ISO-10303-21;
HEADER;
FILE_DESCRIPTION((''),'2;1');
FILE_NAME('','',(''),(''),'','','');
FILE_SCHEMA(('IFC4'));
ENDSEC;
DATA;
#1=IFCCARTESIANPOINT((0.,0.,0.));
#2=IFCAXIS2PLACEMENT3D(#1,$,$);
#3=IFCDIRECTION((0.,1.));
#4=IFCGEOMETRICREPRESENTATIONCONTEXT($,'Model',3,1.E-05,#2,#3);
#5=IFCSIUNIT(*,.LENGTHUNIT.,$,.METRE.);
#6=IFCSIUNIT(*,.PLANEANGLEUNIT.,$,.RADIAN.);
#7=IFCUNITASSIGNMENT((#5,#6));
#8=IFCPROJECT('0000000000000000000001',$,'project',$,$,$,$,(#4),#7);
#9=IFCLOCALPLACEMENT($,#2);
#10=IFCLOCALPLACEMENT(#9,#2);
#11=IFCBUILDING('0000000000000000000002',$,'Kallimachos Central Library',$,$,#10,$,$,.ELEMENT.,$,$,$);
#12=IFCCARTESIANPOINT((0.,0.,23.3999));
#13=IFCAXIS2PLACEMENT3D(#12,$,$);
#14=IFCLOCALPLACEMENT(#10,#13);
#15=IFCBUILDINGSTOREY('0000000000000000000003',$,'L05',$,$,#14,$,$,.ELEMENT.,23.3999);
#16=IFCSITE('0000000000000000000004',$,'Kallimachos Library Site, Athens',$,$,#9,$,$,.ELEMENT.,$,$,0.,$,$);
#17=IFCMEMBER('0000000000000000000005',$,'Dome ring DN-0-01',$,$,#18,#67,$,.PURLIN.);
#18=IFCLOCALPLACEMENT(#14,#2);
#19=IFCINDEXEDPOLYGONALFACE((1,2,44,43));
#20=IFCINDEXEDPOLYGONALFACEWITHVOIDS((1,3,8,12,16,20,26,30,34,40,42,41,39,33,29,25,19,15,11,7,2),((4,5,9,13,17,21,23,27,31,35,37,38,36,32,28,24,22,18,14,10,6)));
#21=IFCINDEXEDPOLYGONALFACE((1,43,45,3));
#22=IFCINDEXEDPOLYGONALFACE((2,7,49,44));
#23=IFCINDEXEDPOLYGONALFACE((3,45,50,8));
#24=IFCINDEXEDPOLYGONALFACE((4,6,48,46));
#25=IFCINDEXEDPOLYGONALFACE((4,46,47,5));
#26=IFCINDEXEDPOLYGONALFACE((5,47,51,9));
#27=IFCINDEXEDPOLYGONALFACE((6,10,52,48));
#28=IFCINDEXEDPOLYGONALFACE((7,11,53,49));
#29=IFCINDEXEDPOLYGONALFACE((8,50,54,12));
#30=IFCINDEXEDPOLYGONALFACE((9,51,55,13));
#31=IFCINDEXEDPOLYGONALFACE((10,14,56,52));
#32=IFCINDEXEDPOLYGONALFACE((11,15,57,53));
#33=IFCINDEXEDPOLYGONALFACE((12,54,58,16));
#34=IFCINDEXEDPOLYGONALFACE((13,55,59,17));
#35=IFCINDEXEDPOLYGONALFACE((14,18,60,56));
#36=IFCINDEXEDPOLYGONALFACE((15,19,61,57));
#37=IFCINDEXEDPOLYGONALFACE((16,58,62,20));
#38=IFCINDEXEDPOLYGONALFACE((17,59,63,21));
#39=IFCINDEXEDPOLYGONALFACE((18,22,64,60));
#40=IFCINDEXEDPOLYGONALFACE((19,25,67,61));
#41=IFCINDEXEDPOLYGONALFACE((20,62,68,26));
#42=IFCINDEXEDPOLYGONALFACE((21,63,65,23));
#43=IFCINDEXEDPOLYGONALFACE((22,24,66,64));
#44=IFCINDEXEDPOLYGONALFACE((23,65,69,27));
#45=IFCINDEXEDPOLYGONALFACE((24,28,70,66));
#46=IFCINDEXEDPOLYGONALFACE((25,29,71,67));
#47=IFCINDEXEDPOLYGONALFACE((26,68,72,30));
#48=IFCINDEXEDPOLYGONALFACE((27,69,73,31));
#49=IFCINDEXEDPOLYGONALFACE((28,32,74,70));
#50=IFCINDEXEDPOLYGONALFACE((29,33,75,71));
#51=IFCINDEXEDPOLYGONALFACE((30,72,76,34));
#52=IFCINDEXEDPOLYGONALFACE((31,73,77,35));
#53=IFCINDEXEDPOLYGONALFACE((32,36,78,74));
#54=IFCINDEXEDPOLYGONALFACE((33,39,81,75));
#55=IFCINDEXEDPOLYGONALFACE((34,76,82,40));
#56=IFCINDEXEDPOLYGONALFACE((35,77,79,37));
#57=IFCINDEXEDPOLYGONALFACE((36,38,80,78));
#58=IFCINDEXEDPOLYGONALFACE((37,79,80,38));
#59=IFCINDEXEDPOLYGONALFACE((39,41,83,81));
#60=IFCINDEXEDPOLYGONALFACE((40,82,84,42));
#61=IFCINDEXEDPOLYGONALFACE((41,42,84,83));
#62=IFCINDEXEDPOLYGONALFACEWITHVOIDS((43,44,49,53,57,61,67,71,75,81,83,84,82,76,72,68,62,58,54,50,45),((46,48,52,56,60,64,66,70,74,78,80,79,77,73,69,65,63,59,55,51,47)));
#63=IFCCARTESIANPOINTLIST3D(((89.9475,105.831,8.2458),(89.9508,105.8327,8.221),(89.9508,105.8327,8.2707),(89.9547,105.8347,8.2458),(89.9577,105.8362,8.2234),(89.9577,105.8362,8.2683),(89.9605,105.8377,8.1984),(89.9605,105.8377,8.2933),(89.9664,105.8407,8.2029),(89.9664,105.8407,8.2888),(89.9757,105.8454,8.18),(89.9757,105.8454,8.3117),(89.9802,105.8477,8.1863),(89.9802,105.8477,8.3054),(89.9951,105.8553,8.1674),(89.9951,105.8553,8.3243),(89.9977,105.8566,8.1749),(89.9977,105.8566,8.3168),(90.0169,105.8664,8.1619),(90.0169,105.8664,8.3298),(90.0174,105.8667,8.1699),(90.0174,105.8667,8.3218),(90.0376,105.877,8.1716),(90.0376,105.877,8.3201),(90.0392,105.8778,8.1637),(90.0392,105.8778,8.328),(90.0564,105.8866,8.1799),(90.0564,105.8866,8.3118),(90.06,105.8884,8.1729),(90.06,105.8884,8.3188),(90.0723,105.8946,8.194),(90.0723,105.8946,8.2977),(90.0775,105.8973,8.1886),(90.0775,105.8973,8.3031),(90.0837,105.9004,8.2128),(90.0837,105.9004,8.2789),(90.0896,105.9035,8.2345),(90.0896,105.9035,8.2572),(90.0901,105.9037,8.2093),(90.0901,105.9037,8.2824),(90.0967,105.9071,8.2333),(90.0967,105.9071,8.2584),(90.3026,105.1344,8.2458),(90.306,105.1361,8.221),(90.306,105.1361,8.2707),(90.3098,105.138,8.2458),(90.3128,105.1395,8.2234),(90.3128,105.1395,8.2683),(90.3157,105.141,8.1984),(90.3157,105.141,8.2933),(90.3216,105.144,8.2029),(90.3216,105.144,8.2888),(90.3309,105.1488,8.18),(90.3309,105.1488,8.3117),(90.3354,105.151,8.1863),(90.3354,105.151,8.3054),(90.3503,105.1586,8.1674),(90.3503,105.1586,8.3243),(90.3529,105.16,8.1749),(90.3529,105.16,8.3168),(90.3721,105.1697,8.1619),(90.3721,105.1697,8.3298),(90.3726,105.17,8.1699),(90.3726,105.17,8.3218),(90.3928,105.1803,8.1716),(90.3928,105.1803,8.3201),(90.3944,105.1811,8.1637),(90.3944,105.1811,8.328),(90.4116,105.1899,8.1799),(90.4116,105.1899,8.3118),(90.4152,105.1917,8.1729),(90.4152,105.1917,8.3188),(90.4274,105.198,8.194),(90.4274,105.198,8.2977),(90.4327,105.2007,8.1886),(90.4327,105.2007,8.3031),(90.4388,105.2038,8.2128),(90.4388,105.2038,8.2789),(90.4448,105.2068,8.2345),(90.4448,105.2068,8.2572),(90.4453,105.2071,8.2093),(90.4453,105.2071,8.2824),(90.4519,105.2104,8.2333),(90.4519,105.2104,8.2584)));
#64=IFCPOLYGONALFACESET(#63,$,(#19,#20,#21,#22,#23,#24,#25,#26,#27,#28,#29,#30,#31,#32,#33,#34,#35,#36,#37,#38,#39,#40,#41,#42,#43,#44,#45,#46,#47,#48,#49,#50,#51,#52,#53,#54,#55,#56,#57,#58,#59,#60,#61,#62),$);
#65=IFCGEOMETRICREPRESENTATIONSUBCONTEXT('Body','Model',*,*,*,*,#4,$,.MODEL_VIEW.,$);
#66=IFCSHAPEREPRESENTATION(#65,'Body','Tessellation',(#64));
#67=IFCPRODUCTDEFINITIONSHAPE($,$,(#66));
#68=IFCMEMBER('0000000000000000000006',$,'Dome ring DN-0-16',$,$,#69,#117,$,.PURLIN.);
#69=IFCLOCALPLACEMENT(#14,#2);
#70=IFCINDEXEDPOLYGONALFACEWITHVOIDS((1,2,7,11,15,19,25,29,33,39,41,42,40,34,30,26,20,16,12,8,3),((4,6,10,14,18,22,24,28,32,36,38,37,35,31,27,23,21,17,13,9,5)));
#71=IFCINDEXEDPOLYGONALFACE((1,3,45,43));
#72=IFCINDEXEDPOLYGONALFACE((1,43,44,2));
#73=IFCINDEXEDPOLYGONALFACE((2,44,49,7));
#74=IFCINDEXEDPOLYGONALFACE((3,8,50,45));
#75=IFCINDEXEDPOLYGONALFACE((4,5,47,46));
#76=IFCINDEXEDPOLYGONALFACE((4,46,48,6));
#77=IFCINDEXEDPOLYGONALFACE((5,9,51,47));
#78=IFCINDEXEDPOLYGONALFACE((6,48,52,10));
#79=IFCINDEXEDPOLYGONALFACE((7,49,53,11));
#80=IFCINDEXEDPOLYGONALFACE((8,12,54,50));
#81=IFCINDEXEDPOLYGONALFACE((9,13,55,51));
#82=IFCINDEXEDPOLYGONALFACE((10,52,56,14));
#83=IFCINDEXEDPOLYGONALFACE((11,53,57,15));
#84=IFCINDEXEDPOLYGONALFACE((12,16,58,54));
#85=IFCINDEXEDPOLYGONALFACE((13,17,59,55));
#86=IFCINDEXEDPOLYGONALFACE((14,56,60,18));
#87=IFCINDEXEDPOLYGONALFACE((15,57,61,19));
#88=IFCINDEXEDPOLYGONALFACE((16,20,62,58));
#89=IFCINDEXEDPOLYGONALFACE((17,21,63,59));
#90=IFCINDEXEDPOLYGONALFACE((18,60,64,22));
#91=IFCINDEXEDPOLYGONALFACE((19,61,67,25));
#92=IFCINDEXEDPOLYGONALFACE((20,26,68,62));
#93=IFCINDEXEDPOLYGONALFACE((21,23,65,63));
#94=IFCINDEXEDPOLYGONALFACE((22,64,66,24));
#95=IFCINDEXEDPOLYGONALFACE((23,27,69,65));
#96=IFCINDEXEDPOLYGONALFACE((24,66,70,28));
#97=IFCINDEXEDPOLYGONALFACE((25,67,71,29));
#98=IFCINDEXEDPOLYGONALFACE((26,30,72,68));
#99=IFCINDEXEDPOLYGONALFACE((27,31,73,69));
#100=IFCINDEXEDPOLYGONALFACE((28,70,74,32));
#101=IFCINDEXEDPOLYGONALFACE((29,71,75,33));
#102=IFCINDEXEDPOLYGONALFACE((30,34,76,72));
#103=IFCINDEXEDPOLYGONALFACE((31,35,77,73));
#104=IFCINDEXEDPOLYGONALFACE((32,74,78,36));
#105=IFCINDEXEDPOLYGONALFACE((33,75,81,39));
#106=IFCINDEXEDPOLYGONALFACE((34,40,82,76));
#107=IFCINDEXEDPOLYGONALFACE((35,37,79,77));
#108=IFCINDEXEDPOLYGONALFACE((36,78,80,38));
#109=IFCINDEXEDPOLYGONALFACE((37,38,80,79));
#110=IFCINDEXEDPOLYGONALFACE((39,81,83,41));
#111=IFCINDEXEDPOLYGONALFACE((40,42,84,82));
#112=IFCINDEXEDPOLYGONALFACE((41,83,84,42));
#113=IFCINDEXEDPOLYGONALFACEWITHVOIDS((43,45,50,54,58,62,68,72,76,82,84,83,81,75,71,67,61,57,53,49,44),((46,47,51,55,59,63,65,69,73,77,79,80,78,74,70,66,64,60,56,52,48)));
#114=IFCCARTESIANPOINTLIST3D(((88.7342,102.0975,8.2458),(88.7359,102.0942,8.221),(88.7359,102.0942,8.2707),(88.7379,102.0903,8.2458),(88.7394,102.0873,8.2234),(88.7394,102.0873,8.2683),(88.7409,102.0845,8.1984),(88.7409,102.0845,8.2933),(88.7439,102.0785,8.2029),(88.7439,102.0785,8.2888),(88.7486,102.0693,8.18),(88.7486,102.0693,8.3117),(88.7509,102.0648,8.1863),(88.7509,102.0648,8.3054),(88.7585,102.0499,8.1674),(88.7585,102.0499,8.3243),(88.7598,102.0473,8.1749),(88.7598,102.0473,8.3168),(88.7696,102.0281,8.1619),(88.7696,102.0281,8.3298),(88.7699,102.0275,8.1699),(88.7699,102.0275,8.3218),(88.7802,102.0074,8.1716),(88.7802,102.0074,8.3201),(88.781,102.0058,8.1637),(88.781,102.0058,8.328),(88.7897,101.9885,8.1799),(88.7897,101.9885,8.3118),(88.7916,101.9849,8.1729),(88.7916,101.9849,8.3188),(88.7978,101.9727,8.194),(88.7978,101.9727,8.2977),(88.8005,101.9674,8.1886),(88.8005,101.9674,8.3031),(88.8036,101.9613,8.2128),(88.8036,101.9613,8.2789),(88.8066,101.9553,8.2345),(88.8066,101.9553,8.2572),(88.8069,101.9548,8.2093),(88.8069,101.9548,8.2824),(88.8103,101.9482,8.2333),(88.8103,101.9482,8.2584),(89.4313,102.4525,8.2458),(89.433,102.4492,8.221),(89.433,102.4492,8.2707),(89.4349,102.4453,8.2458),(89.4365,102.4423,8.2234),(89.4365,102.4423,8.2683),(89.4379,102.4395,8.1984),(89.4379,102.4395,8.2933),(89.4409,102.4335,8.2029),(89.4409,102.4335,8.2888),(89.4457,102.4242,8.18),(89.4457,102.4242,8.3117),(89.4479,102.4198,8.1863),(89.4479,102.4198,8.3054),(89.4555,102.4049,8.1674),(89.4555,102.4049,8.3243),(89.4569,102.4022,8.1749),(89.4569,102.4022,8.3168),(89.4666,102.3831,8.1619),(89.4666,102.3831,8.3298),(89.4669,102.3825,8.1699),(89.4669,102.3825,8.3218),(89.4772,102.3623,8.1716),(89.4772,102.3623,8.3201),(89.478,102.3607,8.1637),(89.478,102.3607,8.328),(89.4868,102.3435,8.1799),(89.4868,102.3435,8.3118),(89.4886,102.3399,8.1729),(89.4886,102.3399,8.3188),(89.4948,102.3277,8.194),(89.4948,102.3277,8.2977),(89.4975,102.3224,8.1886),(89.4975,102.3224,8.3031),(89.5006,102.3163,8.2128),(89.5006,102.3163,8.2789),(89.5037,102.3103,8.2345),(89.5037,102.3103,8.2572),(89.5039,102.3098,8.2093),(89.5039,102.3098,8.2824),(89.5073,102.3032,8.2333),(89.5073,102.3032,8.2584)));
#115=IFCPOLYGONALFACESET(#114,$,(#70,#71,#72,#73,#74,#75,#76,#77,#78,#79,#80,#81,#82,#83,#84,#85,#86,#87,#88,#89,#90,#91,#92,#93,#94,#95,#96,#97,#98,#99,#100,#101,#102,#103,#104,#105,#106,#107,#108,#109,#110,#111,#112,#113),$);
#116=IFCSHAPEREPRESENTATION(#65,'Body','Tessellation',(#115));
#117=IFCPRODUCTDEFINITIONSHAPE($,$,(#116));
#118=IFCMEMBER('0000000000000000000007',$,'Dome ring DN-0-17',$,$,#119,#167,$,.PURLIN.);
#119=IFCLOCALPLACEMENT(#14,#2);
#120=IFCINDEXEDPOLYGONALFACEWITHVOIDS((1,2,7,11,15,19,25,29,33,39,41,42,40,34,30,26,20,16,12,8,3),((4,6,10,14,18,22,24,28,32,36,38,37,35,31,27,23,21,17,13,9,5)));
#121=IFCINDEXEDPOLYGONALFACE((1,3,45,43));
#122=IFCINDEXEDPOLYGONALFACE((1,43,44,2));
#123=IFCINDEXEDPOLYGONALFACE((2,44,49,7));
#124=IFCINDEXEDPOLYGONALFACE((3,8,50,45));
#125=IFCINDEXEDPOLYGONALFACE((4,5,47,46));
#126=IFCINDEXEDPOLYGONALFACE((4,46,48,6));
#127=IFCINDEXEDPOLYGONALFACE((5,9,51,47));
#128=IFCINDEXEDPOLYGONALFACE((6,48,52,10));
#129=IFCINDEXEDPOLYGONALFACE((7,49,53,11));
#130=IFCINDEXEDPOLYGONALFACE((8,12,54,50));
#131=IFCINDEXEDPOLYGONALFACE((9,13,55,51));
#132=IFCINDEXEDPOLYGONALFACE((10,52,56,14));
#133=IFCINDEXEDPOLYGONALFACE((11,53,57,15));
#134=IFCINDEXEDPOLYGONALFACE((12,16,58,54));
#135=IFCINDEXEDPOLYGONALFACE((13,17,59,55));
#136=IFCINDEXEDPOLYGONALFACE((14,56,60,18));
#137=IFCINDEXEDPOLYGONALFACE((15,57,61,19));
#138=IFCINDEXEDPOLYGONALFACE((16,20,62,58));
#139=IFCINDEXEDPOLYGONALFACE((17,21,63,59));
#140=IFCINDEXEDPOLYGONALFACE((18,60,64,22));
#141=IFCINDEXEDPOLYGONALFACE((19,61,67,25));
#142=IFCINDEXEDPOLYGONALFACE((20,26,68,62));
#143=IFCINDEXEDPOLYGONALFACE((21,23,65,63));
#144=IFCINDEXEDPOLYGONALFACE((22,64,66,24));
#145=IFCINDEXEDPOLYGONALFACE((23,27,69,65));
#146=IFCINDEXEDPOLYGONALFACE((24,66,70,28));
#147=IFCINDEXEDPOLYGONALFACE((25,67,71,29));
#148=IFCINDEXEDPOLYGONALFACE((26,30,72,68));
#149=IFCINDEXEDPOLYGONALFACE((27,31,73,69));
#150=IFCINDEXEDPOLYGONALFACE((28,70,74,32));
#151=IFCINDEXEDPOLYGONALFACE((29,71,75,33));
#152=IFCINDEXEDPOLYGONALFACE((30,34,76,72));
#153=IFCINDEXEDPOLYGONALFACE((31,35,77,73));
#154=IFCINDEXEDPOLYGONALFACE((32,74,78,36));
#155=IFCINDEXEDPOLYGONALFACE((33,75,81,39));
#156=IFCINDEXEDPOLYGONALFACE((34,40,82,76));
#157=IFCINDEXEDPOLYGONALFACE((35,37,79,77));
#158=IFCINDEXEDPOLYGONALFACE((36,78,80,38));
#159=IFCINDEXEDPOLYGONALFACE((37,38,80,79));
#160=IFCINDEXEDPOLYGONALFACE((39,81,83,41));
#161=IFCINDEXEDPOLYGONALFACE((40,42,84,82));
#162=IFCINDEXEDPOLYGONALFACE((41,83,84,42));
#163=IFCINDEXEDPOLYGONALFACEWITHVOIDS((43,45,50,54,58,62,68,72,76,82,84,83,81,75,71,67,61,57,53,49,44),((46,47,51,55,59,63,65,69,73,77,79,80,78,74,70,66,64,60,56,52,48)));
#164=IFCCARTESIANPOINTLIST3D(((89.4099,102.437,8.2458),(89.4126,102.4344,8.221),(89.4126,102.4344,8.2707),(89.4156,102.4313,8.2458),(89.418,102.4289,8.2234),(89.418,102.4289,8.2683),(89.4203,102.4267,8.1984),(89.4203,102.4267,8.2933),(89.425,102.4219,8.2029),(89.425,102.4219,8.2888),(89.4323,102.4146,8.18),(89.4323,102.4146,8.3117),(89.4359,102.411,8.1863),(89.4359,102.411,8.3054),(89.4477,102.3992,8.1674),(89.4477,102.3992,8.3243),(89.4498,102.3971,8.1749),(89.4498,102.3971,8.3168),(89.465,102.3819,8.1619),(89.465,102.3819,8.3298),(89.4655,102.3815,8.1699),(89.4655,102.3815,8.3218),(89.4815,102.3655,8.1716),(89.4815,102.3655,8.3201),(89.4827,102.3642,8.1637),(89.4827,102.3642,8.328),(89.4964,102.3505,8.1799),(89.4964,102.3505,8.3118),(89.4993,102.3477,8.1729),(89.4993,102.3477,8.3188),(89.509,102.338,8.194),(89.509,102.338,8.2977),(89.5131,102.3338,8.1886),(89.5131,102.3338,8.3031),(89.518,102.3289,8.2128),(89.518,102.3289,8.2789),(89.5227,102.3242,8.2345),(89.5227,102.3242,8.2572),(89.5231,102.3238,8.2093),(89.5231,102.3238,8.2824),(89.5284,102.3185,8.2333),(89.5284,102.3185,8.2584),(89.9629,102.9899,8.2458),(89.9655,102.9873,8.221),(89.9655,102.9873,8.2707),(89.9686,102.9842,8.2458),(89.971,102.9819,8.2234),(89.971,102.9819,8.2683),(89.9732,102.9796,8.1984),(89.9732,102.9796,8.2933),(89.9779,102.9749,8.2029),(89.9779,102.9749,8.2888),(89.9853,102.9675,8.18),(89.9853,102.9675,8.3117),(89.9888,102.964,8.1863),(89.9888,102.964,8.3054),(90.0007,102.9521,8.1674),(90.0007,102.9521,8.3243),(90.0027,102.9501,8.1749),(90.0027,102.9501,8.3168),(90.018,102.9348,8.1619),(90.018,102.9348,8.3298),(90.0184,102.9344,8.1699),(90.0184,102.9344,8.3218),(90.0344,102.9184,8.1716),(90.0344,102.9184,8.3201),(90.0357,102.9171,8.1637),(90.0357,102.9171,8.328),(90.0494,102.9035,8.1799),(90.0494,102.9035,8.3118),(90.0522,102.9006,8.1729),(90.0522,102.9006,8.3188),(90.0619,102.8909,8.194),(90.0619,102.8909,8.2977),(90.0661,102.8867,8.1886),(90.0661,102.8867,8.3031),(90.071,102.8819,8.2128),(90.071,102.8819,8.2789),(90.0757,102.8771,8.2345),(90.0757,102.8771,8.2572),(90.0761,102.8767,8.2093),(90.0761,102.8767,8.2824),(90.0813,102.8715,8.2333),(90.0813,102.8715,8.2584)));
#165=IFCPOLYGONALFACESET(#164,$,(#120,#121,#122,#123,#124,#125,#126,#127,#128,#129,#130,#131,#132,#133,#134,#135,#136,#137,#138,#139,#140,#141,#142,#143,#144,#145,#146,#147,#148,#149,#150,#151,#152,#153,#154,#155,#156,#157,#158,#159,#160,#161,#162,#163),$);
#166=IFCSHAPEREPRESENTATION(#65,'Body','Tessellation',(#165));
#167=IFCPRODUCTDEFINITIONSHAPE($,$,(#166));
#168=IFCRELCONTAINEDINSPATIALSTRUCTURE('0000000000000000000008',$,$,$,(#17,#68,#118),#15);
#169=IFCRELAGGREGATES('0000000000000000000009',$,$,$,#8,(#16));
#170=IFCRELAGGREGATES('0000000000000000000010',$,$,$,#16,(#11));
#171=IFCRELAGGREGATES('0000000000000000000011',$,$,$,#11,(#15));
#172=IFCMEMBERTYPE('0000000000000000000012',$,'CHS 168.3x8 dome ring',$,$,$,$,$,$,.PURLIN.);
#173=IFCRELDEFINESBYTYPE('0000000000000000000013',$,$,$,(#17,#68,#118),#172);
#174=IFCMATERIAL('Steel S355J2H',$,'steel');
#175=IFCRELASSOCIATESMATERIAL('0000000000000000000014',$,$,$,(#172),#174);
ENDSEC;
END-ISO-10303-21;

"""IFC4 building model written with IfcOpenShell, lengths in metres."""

from ifc_helpers import new_model, si_unit, direction, frame, origin, origin_2d, place, context, subcontext, project, spatial, hollow_circle, extrude, material, material_profile, profile_set, type_object, element, save


model = new_model("IFC4")

# Units and contexts
model_context = context("Model", 3, precision=1e-05, world=origin(), true_north=direction((0.0, 1.0)))
body_context = subcontext(model_context, "Body", "Model", "MODEL_VIEW")
ifc_project = project(units=[si_unit("LENGTHUNIT", "METRE"), si_unit("PLANEANGLEUNIT", "RADIAN")], contexts=[model_context])

# Site, building, storey
site_placement = place(None, origin())
site = spatial("IfcSite", under=ifc_project, at=site_placement, Name="Kallimachos Library Site, Athens", CompositionType="ELEMENT", RefElevation=0.0)
building_placement = place(site_placement, origin())
building = spatial("IfcBuilding", under=site, at=building_placement, Name="Kallimachos Central Library", CompositionType="ELEMENT")
storey_placement = place(building_placement, frame((0.0, 0.0, 23.3999)))
storey = spatial("IfcBuildingStorey", under=building, at=storey_placement, Name="L05", CompositionType="ELEMENT", Elevation=23.3999)

# Members
ifc_material_1 = material(Name="Steel S355J2H", Category="steel")
ifc_material_profile_1 = material_profile(ifc_material_1, hollow_circle(Radius=0.0842, WallThickness=0.0081, at=origin_2d()), Name="CHS 168.3x8")
ifc_profile_set_1 = profile_set([ifc_material_profile_1], Name="Steel S355J2H")
member_type_1 = type_object("IfcMemberType", Name="CHS 168.3x8 dome ring", PredefinedType="PURLIN", material=ifc_profile_set_1)
member_1_placement = place(storey_placement, frame((90.3777, 105.1726, 8.2458), z_axis=(-0.454192, 0.890904, 0.0), x_axis=(-0.890904, -0.454192, 0.0)))
element("IfcMember", 1, at=member_1_placement, inside=storey, type_object=member_type_1, Name="Dome ring DN-0-01", PredefinedType="PURLIN", context=body_context, shape_type="SweptSolid", body=[
    extrude(hollow_circle(Radius=0.0842, WallThickness=0.0081, at=origin_2d()), origin(), (0.0, 0.0, 1.0), 0.782),
])
member_2_placement = place(storey_placement, frame((88.7725, 102.0225, 8.2458), z_axis=(0.891094, 0.453818, 0.0), x_axis=(-0.453818, 0.891094, 0.0)))
element("IfcMember", 2, at=member_2_placement, inside=storey, type_object=member_type_1, Name="Dome ring DN-0-16", PredefinedType="PURLIN", context=body_context, shape_type="SweptSolid", body=[
    extrude(hollow_circle(Radius=0.0842, WallThickness=0.0081, at=origin_2d()), origin(), (0.0, 0.0, 1.0), 0.7822),
])
member_3_placement = place(storey_placement, frame((89.4695, 102.3774, 8.2458), z_axis=(0.707107, 0.707107, 0.0), x_axis=(-0.707107, 0.707107, 0.0)))
element("IfcMember", 3, at=member_3_placement, inside=storey, type_object=member_type_1, Name="Dome ring DN-0-17", PredefinedType="PURLIN", context=body_context, shape_type="SweptSolid", body=[
    extrude(hollow_circle(Radius=0.0842, WallThickness=0.0081, at=origin_2d()), origin(), (0.0, 0.0, 1.0), 0.782),
])

save(model, "model.ifc")
